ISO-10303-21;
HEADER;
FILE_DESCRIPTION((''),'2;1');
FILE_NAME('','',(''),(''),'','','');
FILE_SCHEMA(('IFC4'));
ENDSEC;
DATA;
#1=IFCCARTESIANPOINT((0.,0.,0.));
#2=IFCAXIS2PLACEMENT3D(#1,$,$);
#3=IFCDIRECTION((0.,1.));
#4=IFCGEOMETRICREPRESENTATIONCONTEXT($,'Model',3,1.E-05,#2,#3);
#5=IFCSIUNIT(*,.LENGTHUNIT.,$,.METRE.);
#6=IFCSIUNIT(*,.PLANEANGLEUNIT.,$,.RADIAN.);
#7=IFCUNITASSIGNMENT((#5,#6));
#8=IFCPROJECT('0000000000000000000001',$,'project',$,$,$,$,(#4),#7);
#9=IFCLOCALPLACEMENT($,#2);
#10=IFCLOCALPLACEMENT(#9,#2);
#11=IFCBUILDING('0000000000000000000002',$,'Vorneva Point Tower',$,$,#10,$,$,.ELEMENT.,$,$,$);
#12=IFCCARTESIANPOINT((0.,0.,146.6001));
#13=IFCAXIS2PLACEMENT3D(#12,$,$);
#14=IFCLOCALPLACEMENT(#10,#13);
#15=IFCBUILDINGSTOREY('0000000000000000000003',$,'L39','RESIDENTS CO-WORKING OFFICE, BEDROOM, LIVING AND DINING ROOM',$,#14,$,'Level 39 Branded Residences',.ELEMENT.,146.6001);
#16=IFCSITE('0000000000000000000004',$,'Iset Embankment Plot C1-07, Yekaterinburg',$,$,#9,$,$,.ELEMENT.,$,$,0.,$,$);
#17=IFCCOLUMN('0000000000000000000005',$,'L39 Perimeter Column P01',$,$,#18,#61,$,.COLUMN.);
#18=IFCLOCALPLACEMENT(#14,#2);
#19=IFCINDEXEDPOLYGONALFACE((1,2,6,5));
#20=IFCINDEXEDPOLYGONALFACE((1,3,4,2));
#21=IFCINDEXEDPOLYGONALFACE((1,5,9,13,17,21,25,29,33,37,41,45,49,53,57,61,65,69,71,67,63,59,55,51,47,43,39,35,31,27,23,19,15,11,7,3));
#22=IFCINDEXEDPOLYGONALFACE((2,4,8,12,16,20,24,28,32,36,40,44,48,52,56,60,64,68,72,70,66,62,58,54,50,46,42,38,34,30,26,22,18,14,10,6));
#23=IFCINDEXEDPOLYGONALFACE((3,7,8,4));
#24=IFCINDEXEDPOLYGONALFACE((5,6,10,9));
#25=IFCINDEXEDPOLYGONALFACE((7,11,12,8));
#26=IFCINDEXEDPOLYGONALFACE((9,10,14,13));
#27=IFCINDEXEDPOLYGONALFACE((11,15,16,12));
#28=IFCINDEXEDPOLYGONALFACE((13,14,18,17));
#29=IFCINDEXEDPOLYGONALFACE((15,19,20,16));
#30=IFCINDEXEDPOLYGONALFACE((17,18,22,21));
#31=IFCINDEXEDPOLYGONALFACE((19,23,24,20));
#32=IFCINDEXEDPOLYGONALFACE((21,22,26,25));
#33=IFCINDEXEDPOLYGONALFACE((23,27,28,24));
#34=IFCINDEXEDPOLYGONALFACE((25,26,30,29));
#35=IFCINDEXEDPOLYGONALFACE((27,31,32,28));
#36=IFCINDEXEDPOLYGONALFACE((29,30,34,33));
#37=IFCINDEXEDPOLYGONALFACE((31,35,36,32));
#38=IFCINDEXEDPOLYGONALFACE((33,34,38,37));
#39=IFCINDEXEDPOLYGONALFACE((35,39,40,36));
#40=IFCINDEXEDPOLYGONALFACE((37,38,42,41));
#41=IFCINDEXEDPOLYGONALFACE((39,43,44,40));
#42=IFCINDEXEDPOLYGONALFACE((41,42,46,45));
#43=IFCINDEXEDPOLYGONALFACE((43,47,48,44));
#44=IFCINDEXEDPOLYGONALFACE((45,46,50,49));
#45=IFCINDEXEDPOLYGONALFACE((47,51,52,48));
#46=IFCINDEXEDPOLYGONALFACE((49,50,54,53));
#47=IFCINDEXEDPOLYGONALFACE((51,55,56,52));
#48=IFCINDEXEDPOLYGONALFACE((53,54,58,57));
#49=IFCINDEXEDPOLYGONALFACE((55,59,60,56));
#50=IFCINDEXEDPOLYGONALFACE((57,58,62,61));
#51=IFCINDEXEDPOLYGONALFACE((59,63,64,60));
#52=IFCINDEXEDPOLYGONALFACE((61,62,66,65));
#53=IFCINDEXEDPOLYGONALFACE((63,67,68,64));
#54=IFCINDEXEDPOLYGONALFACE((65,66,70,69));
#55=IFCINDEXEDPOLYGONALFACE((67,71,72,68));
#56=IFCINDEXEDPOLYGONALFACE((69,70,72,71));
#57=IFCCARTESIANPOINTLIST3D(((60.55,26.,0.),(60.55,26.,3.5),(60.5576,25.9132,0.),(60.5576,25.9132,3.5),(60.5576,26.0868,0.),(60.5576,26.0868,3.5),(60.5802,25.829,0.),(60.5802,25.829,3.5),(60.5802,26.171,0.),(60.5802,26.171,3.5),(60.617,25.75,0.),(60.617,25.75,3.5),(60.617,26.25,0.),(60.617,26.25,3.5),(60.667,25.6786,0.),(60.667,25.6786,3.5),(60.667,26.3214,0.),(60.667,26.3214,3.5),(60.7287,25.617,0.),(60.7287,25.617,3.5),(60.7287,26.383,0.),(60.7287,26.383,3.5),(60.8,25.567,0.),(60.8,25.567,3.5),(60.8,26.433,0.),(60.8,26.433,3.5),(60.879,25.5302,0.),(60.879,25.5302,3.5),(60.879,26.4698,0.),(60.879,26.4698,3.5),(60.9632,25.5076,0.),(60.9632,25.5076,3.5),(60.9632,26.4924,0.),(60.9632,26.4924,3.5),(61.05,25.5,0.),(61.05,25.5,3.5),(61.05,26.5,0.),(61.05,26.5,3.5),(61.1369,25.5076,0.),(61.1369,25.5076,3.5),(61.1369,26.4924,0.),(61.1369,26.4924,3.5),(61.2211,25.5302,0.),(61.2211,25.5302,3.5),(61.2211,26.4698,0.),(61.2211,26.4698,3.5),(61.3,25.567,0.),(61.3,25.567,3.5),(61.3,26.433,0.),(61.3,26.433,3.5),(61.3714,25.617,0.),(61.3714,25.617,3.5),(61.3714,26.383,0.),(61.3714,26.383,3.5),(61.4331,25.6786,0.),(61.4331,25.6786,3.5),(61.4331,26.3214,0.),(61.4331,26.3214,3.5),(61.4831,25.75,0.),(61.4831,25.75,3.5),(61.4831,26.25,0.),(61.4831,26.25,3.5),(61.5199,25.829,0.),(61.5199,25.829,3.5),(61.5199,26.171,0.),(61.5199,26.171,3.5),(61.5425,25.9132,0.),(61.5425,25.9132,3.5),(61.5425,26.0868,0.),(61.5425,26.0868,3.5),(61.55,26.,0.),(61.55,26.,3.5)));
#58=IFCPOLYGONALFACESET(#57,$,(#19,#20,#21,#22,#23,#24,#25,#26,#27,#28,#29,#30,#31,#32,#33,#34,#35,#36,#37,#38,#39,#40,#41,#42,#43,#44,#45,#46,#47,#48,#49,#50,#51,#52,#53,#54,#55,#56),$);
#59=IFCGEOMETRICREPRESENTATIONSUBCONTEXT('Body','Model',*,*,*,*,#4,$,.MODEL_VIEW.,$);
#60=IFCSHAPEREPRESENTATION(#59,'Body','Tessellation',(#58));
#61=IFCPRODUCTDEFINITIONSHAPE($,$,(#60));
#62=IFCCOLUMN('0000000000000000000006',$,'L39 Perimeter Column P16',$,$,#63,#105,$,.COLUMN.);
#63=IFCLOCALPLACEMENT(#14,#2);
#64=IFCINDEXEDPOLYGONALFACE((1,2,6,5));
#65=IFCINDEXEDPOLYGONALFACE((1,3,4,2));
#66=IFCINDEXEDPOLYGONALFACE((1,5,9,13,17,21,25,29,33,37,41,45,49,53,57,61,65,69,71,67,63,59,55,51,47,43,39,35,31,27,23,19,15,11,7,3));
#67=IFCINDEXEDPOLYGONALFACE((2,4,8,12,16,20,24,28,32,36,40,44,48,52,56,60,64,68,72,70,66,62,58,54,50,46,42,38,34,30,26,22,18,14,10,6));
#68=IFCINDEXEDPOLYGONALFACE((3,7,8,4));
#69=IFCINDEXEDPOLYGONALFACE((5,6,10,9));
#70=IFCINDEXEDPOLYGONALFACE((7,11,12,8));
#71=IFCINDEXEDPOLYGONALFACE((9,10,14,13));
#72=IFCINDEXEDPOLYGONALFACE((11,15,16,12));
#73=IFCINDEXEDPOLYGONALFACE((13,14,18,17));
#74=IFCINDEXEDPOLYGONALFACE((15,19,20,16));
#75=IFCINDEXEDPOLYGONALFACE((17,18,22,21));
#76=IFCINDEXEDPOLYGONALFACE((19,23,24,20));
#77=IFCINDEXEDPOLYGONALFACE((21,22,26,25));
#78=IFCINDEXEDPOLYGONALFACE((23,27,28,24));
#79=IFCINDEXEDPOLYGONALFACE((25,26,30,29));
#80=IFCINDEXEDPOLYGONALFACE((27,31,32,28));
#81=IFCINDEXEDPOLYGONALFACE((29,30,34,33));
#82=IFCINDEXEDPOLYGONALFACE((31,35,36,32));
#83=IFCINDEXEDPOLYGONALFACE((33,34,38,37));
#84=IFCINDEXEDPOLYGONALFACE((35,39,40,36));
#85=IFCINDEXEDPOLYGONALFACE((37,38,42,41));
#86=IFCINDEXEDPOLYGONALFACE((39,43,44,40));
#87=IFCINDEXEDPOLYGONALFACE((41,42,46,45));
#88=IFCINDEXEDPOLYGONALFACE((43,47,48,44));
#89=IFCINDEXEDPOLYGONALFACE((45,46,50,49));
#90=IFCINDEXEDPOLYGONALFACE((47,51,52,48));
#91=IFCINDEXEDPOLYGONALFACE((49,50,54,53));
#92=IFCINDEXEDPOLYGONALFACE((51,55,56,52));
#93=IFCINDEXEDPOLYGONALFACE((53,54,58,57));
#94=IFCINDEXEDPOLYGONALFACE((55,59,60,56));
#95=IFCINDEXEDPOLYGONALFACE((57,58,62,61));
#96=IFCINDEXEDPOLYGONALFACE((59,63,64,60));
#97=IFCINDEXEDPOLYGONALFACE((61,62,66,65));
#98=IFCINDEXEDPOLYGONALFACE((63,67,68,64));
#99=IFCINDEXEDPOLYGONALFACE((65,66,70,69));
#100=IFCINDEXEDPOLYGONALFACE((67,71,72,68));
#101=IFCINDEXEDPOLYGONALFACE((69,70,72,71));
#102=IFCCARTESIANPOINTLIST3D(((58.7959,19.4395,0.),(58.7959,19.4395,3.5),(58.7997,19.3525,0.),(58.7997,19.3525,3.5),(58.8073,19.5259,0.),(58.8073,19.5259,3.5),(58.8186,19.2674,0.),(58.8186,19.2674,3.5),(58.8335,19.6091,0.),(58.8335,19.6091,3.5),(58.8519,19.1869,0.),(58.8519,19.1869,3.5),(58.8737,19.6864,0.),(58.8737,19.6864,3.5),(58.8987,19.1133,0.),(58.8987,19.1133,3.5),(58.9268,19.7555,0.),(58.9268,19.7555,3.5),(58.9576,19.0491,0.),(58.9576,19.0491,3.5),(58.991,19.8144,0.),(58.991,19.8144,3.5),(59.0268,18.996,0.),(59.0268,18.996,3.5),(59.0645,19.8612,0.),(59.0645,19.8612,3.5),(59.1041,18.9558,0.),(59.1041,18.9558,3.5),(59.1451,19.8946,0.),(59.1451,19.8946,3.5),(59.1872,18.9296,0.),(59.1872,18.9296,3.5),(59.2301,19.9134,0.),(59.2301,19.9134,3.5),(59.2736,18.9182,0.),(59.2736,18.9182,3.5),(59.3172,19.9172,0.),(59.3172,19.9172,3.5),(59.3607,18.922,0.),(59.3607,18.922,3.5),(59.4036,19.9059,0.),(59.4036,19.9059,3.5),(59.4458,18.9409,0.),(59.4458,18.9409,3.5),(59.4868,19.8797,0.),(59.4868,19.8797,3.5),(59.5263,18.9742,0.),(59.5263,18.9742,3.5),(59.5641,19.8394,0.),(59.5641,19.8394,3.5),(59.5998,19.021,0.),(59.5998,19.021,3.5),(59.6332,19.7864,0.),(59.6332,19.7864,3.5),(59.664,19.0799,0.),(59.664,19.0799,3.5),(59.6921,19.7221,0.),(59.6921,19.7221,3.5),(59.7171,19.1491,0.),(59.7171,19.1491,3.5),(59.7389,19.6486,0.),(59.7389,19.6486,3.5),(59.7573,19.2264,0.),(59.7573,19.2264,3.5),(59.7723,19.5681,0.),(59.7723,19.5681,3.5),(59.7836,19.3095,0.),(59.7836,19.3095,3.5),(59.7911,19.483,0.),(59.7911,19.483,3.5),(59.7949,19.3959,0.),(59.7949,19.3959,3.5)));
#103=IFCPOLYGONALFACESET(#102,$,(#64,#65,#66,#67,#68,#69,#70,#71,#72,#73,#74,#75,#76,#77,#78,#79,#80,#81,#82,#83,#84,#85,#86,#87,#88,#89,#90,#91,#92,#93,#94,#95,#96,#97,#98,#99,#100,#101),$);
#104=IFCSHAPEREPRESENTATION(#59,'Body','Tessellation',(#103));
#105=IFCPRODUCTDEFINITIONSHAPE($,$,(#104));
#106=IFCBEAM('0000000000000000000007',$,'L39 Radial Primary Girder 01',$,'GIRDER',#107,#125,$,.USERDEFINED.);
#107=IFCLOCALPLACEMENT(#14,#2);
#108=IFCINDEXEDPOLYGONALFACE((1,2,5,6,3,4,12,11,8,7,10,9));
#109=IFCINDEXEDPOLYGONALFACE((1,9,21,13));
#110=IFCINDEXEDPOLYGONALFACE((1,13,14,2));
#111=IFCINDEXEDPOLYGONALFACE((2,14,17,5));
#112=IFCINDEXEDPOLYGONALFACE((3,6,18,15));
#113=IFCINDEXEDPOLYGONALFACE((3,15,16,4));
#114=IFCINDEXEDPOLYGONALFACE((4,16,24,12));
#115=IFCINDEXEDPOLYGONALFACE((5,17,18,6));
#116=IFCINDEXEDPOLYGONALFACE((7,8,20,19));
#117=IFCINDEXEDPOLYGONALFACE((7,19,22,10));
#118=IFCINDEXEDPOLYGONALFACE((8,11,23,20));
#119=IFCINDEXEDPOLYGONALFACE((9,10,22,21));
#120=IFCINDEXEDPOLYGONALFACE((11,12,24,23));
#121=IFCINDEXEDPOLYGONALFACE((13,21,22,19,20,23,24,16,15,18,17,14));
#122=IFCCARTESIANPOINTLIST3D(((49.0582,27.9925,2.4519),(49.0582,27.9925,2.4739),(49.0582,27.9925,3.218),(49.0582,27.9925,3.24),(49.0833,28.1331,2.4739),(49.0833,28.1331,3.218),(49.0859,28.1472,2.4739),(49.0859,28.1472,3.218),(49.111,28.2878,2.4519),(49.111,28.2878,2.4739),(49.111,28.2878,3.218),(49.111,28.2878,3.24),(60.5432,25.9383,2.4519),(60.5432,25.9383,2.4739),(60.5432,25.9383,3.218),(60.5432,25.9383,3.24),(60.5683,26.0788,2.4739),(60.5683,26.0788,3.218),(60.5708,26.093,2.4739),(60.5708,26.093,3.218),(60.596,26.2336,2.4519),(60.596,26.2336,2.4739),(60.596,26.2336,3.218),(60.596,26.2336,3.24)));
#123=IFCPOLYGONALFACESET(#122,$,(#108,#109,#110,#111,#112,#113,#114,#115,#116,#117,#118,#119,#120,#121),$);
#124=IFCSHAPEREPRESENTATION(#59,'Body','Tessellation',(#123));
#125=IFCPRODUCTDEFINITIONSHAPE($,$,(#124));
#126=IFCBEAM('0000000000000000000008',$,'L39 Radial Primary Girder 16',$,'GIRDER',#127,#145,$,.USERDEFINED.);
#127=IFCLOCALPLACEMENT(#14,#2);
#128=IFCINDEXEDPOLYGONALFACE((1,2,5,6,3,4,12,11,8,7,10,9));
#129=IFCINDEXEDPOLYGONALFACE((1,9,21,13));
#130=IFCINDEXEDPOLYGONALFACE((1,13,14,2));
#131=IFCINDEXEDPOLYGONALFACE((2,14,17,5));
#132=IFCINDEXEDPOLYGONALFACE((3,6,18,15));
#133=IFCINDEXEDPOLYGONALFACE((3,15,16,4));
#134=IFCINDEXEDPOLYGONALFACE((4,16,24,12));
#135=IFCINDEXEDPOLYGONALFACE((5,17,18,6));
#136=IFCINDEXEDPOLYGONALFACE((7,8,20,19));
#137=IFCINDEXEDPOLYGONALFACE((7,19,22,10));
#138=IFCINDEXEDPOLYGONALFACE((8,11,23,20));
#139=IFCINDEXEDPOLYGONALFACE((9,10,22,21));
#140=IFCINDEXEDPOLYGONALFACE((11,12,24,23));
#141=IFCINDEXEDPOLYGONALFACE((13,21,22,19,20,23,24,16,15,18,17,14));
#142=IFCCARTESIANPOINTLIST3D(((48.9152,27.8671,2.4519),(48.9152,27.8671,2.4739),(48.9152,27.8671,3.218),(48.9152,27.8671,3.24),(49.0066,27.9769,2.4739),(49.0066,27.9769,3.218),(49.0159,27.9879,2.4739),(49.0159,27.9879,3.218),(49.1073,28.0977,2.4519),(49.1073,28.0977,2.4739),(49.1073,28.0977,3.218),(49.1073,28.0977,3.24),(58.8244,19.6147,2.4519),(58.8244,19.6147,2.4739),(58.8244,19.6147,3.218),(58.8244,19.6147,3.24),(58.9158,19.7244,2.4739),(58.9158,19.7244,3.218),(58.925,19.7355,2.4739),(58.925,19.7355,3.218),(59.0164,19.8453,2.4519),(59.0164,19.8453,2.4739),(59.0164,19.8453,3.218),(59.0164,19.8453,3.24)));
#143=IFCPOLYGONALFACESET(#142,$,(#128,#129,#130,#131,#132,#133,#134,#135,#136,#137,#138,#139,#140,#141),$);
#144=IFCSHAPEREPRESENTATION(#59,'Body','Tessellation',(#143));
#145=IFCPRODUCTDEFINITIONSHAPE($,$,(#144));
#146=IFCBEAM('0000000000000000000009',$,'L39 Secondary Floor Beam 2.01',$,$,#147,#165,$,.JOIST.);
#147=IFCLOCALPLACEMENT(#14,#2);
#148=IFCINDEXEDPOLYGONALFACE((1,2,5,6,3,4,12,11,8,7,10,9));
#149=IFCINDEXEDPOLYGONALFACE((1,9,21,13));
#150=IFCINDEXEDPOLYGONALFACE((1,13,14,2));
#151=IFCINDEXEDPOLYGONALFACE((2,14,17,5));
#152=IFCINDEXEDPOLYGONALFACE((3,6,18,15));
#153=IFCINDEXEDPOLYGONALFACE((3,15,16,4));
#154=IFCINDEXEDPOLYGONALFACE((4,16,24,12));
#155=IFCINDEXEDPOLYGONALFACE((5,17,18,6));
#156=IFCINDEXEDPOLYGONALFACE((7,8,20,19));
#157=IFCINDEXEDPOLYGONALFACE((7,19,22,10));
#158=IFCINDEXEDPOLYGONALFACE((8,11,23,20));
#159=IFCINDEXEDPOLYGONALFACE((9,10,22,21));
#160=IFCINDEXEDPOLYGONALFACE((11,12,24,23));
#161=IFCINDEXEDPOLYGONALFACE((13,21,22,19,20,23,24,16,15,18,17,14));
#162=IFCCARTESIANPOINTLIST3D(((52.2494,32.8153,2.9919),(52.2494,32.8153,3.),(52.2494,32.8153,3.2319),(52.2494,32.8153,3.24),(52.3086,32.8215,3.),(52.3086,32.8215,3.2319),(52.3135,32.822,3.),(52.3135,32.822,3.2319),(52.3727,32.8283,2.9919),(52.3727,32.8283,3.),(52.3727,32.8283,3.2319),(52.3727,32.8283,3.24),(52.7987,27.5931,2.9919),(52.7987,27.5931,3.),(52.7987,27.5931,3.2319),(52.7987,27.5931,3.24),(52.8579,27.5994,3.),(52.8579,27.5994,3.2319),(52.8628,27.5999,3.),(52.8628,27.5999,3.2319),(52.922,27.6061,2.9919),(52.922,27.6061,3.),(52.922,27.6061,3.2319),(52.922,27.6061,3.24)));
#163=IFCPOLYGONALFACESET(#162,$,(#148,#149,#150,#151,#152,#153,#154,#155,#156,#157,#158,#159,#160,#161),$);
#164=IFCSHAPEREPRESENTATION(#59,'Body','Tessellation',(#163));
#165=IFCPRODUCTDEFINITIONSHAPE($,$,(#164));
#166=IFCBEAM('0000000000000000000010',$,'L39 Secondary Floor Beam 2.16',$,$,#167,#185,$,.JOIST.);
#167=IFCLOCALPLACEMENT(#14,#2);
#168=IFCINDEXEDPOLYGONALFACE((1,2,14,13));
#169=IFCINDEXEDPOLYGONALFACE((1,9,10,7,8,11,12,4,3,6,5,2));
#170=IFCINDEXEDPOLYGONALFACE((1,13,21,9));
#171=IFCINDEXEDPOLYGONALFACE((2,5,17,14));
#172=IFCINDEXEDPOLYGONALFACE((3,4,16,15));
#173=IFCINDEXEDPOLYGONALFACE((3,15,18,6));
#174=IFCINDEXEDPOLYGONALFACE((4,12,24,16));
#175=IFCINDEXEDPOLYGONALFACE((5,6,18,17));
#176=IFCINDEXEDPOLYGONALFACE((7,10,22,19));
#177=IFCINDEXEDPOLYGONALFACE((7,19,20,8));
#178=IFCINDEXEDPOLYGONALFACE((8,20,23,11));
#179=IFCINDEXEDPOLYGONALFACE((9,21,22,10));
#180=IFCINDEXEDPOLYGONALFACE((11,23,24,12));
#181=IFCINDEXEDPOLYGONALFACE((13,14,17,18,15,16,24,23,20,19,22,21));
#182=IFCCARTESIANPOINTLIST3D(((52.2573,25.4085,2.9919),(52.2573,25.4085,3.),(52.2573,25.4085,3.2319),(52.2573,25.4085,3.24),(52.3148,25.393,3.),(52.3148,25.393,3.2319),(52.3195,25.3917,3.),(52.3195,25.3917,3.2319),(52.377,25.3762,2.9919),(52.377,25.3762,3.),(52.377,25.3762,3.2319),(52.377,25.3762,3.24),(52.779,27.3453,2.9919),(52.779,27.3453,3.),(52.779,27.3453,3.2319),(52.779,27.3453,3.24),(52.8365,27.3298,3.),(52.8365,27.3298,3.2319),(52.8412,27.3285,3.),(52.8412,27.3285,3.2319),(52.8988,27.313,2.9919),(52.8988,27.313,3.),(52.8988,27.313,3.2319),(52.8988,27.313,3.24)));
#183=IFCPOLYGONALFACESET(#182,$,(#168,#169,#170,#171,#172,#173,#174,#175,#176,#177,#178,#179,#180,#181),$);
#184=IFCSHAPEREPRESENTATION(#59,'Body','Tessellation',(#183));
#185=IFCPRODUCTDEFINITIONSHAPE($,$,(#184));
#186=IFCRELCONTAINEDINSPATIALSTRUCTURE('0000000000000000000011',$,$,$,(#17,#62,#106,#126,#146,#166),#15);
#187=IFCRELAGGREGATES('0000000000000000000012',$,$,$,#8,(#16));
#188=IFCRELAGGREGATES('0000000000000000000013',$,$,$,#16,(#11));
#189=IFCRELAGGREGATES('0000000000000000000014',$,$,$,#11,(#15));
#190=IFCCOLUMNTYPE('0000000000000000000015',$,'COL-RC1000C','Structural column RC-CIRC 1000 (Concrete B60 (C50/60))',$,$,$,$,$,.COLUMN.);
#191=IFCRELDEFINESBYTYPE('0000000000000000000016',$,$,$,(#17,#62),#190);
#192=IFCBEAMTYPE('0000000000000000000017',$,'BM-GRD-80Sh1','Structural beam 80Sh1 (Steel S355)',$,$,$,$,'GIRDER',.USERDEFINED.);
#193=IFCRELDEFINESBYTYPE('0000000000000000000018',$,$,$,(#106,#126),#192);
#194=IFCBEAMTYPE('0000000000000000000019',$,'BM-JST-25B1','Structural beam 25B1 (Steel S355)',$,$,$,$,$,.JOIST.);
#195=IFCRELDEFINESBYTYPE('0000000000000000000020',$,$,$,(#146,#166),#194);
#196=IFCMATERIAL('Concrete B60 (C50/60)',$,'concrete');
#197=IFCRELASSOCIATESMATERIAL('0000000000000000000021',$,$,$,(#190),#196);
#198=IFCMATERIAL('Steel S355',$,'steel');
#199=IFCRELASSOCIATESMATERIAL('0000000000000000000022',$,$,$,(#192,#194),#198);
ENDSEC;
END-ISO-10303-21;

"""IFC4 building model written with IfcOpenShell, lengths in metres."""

from ifc_helpers import new_model, si_unit, direction, frame, origin, origin_2d, place, context, subcontext, project, spatial, circle, i_section, extrude, material, material_profile, profile_set, type_object, element, save


model = new_model("IFC4")

# Units and contexts
model_context = context("Model", 3, precision=1e-05, world=origin(), true_north=direction((0.0, 1.0)))
body_context = subcontext(model_context, "Body", "Model", "MODEL_VIEW")
ifc_project = project(units=[si_unit("LENGTHUNIT", "METRE"), si_unit("PLANEANGLEUNIT", "RADIAN")], contexts=[model_context])

# Site, building, storey
site_placement = place(None, origin())
site = spatial("IfcSite", under=ifc_project, at=site_placement, Name="Iset Embankment Plot C1-07, Yekaterinburg", CompositionType="ELEMENT", RefElevation=0.0)
building_placement = place(site_placement, origin())
building = spatial("IfcBuilding", under=site, at=building_placement, Name="Vorneva Point Tower", CompositionType="ELEMENT")
storey_placement = place(building_placement, frame((0.0, 0.0, 146.6001)))
storey = spatial("IfcBuildingStorey", under=building, at=storey_placement, Name="L39", Description="RESIDENTS CO-WORKING OFFICE, BEDROOM, LIVING AND DINING ROOM", LongName="Level 39 Branded Residences", CompositionType="ELEMENT", Elevation=146.6001)

# Columns
ifc_material_1 = material(Name="Concrete B60 (C50/60)", Category="concrete")
ifc_material_profile_1 = material_profile(ifc_material_1, circle(Radius=0.5, at=origin_2d()), Name="RC-CIRC 1000")
ifc_profile_set_1 = profile_set([ifc_material_profile_1], Name="Concrete B60 (C50/60)")
column_type = type_object("IfcColumnType", Name="COL-RC1000C", Description="Structural column RC-CIRC 1000 (Concrete B60 (C50/60))", PredefinedType="COLUMN", material=ifc_profile_set_1)
for number, where, z_axis, x_axis, name in (
    (1, (61.05, 26.0, 0.0), (0.0, 0.0, 1.0), (1.0, 0.0, 0.0), "L39 Perimeter Column P01"),
    (2, (59.2954, 19.4177, 0.0), (0.0, 0.0, 1.0), (0.92388, -0.382683, 0.0), "L39 Perimeter Column P16"),
):
    element("IfcColumn", number, at=place(storey_placement, frame(where, z_axis=z_axis, x_axis=x_axis)), inside=storey, type_object=column_type, Name=name, PredefinedType="COLUMN", context=body_context, shape_type="SweptSolid", body=[
        extrude(circle(Radius=0.5, at=origin_2d()), origin(), (0.0, 0.0, 1.0), 3.5),
    ])

# Beams
ifc_material_2 = material(Name="Steel S355", Category="steel")
ifc_material_profile_2 = material_profile(ifc_material_2, i_section(OverallWidth=0.3, OverallDepth=0.7881, WebThickness=0.0144, FlangeThickness=0.022, at=origin_2d()), Name="80Sh1")
ifc_profile_set_2 = profile_set([ifc_material_profile_2], Name="Steel S355")
beam_type_1 = type_object("IfcBeamType", Name="BM-GRD-80Sh1", Description="Structural beam 80Sh1 (Steel S355)", ElementType="GIRDER", PredefinedType="USERDEFINED", material=ifc_profile_set_2)
beam_1_placement = place(storey_placement, frame((60.5696, 26.0859, 2.8459), z_axis=(-0.984378, 0.176067, 0.0), x_axis=(-0.176067, -0.984378, 0.0)))
element("IfcBeam", 3, at=beam_1_placement, inside=storey, type_object=beam_type_1, Name="L39 Radial Primary Girder 01", ObjectType="GIRDER", PredefinedType="USERDEFINED", context=body_context, shape_type="SweptSolid", body=[
    extrude(i_section(OverallWidth=0.3, OverallDepth=0.7881, WebThickness=0.0144, FlangeThickness=0.022, at=origin_2d()), origin(), (0.0, 0.0, 1.0), 11.6672),
])
beam_2_placement = place(storey_placement, frame((58.9204, 19.73, 2.8459), z_axis=(-0.76842, 0.639946, 0.0), x_axis=(-0.639946, -0.76842, 0.0)))
element("IfcBeam", 4, at=beam_2_placement, inside=storey, type_object=beam_type_1, Name="L39 Radial Primary Girder 16", ObjectType="GIRDER", PredefinedType="USERDEFINED", context=body_context, shape_type="SweptSolid", body=[
    extrude(i_section(OverallWidth=0.3, OverallDepth=0.7881, WebThickness=0.0144, FlangeThickness=0.022, at=origin_2d()), origin(), (0.0, 0.0, 1.0), 12.8955),
])
ifc_material_profile_3 = material_profile(ifc_material_2, i_section(OverallWidth=0.124, OverallDepth=0.248, WebThickness=0.0049, FlangeThickness=0.0081, at=origin_2d()), Name="25B1")
ifc_profile_set_3 = profile_set([ifc_material_profile_3], Name="Steel S355")
beam_type_2 = type_object("IfcBeamType", Name="BM-JST-25B1", Description="Structural beam 25B1 (Steel S355)", PredefinedType="JOIST", material=ifc_profile_set_3)
beam_3_placement = place(storey_placement, frame((52.8604, 27.5996, 3.116), z_axis=(-0.104612, 0.994513, 0.0), x_axis=(-0.994513, -0.104612, 0.0)))
element("IfcBeam", 5, at=beam_3_placement, inside=storey, type_object=beam_type_2, Name="L39 Secondary Floor Beam 2.01", PredefinedType="JOIST", context=body_context, shape_type="SweptSolid", body=[
    extrude(i_section(OverallWidth=0.124, OverallDepth=0.248, WebThickness=0.0049, FlangeThickness=0.0081, at=origin_2d()), origin(), (0.0, 0.0, 1.0), 5.251),
])
beam_4_placement = place(storey_placement, frame((52.3171, 25.3923, 3.116), z_axis=(0.260109, 0.965579, 0.0), x_axis=(-0.965579, 0.260109, 0.0)))
element("IfcBeam", 6, at=beam_4_placement, inside=storey, type_object=beam_type_2, Name="L39 Secondary Floor Beam 2.16", PredefinedType="JOIST", context=body_context, shape_type="SweptSolid", body=[
    extrude(i_section(OverallWidth=0.124, OverallDepth=0.248, WebThickness=0.0049, FlangeThickness=0.0081, at=origin_2d()), origin(), (0.0, 0.0, 1.0), 2.0059),
])

save(model, "model.ifc")
